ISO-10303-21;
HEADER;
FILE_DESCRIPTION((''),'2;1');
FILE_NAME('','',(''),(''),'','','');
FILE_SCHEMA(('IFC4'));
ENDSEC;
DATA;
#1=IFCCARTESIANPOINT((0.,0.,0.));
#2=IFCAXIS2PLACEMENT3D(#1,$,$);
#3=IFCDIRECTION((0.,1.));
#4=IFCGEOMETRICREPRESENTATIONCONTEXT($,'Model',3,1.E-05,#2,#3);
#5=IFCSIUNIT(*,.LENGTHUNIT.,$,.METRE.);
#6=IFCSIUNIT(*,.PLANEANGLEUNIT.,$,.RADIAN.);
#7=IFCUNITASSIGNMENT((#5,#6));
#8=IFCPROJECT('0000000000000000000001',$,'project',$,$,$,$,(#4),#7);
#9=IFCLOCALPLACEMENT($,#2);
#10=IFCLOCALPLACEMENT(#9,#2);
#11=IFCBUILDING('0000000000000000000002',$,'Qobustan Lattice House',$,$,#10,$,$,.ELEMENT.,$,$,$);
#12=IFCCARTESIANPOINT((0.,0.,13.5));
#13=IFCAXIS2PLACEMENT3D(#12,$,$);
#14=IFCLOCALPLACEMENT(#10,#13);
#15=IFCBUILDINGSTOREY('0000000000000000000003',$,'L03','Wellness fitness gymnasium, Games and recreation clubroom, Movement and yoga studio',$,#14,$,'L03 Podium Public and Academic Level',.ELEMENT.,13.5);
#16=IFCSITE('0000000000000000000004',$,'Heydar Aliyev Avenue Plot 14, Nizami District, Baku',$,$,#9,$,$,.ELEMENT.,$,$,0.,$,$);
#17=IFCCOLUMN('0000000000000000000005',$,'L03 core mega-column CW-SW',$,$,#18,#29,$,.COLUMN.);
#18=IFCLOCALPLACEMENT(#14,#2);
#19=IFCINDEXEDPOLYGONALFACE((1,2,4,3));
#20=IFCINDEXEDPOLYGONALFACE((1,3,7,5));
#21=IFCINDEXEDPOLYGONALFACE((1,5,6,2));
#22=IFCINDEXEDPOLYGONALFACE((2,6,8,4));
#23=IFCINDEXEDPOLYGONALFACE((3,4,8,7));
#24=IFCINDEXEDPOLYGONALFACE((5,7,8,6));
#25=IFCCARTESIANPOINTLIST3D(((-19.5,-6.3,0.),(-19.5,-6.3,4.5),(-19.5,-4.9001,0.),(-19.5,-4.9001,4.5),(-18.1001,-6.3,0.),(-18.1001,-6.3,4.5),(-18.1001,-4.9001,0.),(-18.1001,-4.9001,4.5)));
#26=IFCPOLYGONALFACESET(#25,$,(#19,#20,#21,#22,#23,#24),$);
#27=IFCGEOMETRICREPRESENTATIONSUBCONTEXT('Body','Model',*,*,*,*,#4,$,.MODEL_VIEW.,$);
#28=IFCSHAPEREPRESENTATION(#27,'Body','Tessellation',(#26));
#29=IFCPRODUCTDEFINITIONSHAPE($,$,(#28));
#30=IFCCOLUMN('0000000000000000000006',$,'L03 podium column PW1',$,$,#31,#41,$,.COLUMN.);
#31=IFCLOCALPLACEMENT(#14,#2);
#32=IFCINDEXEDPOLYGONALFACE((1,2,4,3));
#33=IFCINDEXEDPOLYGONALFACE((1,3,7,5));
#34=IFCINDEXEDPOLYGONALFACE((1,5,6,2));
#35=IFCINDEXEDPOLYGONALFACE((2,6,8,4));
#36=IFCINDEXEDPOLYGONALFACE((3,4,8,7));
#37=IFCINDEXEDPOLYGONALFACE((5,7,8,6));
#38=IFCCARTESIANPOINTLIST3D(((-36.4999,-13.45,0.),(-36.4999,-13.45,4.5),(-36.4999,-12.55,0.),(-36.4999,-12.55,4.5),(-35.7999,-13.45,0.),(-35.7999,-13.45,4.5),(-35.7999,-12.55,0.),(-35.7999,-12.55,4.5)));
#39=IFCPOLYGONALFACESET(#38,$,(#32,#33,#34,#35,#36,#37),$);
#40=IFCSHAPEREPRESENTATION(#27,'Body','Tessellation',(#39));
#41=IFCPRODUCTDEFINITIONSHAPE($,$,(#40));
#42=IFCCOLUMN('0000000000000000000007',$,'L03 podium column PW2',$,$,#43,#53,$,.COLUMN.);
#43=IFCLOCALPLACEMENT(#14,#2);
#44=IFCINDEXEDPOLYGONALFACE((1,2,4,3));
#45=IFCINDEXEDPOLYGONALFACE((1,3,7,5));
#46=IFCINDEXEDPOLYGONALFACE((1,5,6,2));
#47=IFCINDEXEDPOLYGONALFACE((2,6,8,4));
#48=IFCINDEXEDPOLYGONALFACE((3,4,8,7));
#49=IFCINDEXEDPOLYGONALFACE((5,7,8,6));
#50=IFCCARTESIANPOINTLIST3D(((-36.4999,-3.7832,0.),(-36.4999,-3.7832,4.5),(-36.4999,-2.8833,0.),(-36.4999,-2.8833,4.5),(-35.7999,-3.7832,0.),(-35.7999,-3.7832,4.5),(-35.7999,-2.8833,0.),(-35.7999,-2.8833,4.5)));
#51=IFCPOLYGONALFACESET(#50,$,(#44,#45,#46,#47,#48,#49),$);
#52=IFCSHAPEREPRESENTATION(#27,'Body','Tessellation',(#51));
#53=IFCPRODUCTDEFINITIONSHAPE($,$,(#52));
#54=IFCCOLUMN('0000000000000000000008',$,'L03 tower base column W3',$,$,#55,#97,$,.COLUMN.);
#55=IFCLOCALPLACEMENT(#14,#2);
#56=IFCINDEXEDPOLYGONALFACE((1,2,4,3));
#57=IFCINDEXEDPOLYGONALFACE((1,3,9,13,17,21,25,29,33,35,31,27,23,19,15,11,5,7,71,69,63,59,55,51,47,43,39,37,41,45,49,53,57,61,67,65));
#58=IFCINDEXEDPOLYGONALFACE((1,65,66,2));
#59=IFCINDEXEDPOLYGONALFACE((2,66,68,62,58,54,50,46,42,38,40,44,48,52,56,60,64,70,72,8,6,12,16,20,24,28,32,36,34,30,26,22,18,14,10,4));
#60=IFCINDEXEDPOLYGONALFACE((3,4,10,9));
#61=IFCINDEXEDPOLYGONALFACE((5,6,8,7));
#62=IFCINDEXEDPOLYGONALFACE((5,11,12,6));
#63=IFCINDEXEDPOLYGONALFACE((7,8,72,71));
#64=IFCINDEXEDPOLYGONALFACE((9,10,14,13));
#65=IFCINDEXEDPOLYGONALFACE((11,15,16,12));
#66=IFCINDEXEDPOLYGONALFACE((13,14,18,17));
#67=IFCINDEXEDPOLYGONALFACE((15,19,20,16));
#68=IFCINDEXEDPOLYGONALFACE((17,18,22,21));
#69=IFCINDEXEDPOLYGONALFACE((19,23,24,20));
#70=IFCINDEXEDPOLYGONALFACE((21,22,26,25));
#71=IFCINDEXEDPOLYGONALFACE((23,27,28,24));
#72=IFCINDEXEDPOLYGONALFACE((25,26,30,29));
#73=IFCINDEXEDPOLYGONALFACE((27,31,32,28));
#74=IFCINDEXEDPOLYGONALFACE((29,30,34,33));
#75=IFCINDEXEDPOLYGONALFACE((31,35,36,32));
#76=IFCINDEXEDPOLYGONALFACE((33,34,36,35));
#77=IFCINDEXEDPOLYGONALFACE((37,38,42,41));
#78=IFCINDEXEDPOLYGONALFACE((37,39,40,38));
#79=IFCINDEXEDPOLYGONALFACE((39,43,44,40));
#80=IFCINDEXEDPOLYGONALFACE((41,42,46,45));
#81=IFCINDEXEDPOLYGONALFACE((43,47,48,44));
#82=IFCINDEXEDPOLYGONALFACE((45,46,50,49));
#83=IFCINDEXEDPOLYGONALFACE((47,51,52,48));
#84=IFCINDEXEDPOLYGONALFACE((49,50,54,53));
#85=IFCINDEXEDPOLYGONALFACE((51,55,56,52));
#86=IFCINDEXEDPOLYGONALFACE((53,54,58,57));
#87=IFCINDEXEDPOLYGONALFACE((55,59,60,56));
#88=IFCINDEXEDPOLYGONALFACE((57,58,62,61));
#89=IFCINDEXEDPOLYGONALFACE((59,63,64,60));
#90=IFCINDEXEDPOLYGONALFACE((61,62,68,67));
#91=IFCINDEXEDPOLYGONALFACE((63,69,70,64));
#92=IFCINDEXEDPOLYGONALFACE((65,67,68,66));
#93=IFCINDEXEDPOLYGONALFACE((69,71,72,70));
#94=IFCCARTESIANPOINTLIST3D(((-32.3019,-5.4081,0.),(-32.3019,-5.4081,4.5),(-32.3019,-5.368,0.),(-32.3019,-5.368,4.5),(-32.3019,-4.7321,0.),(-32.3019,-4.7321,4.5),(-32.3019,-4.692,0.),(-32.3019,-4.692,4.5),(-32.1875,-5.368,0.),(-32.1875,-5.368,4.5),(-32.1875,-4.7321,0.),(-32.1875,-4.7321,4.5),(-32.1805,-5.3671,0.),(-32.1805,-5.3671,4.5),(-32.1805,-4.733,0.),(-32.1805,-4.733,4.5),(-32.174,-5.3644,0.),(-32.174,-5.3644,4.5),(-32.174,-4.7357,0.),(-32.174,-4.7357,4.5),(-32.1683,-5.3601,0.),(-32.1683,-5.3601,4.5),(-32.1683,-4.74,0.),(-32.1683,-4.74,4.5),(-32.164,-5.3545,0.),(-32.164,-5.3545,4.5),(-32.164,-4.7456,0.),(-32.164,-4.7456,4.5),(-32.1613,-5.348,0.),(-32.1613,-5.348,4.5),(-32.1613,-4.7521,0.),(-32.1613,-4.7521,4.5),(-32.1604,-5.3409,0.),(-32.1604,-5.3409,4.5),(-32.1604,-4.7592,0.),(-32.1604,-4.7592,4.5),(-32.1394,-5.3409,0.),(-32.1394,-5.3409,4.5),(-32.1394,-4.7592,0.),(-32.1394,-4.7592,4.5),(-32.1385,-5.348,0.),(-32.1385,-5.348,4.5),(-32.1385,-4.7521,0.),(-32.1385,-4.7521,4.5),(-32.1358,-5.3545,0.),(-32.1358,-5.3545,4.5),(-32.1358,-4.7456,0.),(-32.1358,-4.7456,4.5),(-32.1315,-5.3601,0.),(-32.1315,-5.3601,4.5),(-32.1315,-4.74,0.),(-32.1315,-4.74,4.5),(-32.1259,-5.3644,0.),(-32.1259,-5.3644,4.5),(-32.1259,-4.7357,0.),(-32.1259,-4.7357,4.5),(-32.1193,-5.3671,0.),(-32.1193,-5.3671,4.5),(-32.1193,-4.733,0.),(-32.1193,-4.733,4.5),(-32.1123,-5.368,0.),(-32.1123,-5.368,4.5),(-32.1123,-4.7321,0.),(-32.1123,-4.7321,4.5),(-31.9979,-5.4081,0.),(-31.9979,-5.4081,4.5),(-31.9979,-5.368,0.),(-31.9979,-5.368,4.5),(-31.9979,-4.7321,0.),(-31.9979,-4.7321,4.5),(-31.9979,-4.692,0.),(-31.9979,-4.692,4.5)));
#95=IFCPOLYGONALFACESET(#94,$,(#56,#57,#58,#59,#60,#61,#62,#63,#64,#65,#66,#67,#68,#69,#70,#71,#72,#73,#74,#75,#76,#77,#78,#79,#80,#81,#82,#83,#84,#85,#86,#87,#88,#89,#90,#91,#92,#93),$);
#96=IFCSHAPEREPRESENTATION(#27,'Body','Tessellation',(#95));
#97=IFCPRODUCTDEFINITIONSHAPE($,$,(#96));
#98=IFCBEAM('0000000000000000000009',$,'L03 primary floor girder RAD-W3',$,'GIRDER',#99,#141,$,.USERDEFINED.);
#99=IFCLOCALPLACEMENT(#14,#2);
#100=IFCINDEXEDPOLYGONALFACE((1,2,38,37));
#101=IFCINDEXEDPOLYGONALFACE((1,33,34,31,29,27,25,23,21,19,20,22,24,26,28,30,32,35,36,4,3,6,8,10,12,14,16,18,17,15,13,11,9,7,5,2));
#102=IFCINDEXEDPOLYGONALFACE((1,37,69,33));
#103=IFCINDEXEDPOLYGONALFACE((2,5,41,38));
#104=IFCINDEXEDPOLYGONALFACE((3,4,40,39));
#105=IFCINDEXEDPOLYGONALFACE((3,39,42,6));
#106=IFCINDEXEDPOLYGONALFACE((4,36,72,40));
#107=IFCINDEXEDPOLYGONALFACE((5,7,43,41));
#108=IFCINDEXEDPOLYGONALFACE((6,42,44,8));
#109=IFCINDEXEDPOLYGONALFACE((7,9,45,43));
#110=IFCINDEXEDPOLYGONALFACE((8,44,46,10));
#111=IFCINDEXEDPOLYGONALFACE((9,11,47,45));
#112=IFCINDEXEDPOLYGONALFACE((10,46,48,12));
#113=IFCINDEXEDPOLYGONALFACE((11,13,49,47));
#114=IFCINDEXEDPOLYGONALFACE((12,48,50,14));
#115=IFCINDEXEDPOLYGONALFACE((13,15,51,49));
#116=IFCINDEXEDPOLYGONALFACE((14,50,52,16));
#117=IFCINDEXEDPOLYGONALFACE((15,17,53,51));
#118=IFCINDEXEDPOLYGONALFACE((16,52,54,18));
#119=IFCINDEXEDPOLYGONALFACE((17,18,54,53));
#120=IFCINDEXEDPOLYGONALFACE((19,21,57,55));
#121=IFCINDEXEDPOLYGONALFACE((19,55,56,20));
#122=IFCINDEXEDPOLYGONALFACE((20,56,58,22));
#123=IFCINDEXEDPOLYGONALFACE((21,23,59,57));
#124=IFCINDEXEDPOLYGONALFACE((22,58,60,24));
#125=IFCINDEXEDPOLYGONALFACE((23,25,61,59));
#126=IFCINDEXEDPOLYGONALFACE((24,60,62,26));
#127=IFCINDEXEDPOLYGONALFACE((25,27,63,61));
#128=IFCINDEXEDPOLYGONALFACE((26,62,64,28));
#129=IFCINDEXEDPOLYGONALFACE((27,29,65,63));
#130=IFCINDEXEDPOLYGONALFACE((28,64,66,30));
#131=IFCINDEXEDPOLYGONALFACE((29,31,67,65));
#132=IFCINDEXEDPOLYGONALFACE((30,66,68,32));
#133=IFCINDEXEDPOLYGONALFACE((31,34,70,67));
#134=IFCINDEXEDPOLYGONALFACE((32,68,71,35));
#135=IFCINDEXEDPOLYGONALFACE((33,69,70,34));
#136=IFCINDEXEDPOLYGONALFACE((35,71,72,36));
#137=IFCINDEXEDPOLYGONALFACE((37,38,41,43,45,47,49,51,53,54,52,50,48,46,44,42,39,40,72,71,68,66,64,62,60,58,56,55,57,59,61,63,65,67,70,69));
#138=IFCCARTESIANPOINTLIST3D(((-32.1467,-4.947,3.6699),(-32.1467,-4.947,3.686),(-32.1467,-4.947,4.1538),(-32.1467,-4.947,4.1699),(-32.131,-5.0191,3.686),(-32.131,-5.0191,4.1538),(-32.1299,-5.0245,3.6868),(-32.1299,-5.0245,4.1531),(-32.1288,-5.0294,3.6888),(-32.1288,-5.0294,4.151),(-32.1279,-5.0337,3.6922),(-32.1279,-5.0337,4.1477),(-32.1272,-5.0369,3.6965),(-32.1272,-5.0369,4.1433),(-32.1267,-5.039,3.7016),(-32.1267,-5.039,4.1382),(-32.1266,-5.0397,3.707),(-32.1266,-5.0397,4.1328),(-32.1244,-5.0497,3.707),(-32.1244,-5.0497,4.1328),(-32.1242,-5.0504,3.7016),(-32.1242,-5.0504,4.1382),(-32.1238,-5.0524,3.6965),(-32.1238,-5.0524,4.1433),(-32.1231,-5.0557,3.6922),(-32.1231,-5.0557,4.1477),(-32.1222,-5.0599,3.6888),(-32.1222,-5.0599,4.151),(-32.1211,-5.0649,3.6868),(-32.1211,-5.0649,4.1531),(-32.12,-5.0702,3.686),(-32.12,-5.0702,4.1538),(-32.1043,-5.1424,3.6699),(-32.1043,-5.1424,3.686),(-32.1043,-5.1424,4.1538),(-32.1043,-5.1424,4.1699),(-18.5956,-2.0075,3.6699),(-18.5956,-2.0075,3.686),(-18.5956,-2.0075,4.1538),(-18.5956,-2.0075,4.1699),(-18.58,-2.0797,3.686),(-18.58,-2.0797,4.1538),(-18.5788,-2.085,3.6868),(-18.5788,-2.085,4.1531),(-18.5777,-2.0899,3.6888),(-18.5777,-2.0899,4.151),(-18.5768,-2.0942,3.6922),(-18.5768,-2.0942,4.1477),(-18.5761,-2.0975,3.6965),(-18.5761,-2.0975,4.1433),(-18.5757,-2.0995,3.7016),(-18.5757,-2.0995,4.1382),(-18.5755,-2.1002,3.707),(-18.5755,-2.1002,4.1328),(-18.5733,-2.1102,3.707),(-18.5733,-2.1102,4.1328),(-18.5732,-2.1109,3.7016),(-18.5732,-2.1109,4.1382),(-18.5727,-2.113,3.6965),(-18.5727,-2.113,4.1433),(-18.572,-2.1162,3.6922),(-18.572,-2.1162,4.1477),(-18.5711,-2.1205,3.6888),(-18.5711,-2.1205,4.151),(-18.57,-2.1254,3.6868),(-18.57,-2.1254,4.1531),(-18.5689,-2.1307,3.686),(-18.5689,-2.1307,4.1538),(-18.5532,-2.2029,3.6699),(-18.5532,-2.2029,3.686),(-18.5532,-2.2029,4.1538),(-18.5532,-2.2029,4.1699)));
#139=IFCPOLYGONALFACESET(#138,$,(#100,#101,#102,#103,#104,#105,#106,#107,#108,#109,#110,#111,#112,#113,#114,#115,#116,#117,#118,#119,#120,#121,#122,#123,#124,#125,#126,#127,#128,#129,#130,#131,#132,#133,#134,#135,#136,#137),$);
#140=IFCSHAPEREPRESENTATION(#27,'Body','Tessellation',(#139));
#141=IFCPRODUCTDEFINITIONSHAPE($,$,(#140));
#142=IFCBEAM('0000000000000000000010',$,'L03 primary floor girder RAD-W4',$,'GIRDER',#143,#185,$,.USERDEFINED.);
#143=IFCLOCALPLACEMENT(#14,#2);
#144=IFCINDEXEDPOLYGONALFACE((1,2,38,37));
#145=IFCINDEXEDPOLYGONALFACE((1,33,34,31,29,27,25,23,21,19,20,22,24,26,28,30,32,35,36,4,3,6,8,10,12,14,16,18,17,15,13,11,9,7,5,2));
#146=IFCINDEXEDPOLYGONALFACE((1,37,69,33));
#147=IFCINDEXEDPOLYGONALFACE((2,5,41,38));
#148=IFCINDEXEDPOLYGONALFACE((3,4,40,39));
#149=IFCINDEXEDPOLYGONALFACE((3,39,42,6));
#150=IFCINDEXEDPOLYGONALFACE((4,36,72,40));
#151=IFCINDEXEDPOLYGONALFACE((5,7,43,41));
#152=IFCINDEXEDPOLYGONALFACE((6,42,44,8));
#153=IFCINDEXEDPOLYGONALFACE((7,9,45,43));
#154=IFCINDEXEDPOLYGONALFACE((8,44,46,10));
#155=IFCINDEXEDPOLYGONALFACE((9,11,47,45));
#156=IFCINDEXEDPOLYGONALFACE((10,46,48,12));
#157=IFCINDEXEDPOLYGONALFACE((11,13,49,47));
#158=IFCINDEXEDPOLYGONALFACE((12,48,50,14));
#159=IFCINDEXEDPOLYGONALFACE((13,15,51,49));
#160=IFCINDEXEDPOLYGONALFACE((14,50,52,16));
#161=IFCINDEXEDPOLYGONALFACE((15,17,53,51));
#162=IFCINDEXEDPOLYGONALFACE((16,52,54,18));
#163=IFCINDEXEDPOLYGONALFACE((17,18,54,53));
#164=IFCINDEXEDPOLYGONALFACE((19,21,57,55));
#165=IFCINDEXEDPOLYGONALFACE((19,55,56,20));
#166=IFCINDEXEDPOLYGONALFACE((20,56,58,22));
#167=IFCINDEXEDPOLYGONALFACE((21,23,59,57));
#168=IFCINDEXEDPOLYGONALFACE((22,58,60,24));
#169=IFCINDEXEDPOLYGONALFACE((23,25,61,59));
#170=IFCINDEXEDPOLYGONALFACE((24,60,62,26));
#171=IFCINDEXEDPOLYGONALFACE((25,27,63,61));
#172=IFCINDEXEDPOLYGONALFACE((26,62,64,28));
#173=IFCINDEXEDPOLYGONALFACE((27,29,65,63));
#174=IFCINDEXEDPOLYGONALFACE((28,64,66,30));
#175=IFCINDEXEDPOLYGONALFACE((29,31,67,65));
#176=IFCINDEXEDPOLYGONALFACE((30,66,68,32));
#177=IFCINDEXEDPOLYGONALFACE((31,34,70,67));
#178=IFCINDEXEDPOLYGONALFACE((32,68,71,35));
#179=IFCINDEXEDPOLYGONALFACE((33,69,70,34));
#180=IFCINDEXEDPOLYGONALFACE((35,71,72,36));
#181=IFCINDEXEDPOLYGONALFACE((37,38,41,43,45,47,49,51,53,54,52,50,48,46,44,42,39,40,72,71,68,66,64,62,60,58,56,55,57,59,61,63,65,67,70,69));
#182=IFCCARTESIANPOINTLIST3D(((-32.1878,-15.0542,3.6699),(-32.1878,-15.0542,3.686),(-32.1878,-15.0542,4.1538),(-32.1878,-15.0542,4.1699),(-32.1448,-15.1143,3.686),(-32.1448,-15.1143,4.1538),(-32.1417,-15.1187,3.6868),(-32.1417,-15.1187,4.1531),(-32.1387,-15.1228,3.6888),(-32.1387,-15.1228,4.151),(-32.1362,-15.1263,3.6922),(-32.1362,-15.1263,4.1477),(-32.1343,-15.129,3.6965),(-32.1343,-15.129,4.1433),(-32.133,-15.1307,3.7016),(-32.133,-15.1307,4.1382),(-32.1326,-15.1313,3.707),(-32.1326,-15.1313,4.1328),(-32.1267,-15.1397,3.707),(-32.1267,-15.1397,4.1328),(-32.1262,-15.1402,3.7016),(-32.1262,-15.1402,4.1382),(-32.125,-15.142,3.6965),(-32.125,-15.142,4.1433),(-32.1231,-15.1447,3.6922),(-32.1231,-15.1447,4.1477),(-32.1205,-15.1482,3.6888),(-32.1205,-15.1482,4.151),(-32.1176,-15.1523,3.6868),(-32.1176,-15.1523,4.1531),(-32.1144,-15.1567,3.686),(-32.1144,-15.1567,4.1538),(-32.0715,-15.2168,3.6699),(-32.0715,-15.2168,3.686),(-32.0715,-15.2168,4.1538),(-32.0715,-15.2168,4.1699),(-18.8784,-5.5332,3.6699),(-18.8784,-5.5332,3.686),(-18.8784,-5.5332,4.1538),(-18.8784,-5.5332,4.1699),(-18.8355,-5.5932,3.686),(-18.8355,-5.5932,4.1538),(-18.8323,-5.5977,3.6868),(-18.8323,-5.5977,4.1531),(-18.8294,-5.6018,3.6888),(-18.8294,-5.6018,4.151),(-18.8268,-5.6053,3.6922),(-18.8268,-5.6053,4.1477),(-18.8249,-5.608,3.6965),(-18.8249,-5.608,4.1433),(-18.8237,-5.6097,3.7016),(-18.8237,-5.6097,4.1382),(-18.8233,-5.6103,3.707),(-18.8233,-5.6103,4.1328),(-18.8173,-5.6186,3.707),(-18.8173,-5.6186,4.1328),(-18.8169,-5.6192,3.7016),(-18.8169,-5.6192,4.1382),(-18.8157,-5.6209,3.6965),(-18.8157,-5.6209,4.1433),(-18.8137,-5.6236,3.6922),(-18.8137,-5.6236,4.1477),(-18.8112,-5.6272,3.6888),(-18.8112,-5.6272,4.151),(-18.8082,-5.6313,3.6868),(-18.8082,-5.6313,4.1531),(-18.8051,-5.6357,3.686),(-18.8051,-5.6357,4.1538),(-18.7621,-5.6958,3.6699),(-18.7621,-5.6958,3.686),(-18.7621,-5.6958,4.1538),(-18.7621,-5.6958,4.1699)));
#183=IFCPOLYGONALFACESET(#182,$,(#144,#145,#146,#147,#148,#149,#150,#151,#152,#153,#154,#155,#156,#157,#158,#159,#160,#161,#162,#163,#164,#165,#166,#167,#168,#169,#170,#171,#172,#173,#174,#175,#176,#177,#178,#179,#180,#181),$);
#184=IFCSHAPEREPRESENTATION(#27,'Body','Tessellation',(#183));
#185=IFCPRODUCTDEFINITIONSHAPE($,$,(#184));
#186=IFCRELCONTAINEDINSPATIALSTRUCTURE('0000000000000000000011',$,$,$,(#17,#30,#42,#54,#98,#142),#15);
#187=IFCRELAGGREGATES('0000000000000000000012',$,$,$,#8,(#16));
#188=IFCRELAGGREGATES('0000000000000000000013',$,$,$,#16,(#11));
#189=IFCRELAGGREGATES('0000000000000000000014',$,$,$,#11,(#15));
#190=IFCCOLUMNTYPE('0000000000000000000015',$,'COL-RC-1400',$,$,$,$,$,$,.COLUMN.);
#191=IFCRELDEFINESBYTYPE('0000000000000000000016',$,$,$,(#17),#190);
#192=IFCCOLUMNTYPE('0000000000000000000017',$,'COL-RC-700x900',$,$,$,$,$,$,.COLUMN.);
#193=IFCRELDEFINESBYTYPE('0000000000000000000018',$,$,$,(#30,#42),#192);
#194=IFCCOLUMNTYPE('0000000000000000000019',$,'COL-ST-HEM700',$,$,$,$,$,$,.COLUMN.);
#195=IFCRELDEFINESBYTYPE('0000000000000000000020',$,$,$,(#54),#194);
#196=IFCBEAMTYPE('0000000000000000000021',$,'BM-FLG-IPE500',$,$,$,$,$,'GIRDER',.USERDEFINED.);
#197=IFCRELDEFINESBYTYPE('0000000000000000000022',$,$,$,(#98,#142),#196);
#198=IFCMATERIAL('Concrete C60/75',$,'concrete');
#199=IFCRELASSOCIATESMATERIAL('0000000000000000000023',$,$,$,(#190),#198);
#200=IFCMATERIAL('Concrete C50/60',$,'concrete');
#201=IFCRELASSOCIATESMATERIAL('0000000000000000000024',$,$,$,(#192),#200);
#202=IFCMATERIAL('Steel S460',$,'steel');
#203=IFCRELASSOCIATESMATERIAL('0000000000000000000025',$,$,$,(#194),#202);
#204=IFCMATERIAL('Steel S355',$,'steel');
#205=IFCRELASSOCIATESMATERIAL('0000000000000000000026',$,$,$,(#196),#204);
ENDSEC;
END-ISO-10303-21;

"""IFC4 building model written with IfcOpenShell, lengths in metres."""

from ifc_helpers import new_model, si_unit, direction, frame, origin, origin_2d, place, context, subcontext, project, spatial, rectangle, i_section, extrude, material, material_profile, profile_set, type_object, element, save


model = new_model("IFC4")

# Units and contexts
model_context = context("Model", 3, precision=1e-05, world=origin(), true_north=direction((0.0, 1.0)))
body_context = subcontext(model_context, "Body", "Model", "MODEL_VIEW")
ifc_project = project(units=[si_unit("LENGTHUNIT", "METRE"), si_unit("PLANEANGLEUNIT", "RADIAN")], contexts=[model_context])

# Site, building, storey
site_placement = place(None, origin())
site = spatial("IfcSite", under=ifc_project, at=site_placement, Name="Heydar Aliyev Avenue Plot 14, Nizami District, Baku", CompositionType="ELEMENT", RefElevation=0.0)
building_placement = place(site_placement, origin())
building = spatial("IfcBuilding", under=site, at=building_placement, Name="Qobustan Lattice House", CompositionType="ELEMENT")
storey_placement = place(building_placement, frame((0.0, 0.0, 13.5)))
storey = spatial("IfcBuildingStorey", under=building, at=storey_placement, Name="L03", Description="Wellness fitness gymnasium, Games and recreation clubroom, Movement and yoga studio", LongName="L03 Podium Public and Academic Level", CompositionType="ELEMENT", Elevation=13.5)

# Columns
ifc_material_1 = material(Name="Concrete C60/75", Category="concrete")
ifc_material_profile_1 = material_profile(ifc_material_1, rectangle(XDim=1.3999, YDim=1.3999, at=origin_2d()), Name="RC1400x1400")
ifc_profile_set_1 = profile_set([ifc_material_profile_1], Name="Concrete C60/75")
column_type_1 = type_object("IfcColumnType", Name="COL-RC-1400", PredefinedType="COLUMN", material=ifc_profile_set_1)
column_1_placement = place(storey_placement, frame((-18.8, -5.6001, 0.0), z_axis=(0.0, 0.0, 1.0), x_axis=(1.0, 0.0, 0.0)))
element("IfcColumn", 1, at=column_1_placement, inside=storey, type_object=column_type_1, Name="L03 core mega-column CW-SW", PredefinedType="COLUMN", context=body_context, shape_type="SweptSolid", body=[
    extrude(rectangle(XDim=1.3999, YDim=1.3999, at=origin_2d()), origin(), (0.0, 0.0, 1.0), 4.5),
])
ifc_material_2 = material(Name="Concrete C50/60", Category="concrete")
ifc_material_profile_2 = material_profile(ifc_material_2, rectangle(XDim=0.7, YDim=0.8999, at=origin_2d()), Name="RC700x900")
ifc_profile_set_2 = profile_set([ifc_material_profile_2], Name="Concrete C50/60")
column_type_2 = type_object("IfcColumnType", Name="COL-RC-700x900", PredefinedType="COLUMN", material=ifc_profile_set_2)
for number, where, z_axis, x_axis, name in (
    (2, (-36.1499, -13.0, 0.0), (0.0, 0.0, 1.0), (1.0, 0.0, 0.0), "L03 podium column PW1"),
    (3, (-36.1499, -3.3333, 0.0), (0.0, 0.0, 1.0), (1.0, 0.0, 0.0), "L03 podium column PW2"),
):
    element("IfcColumn", number, at=place(storey_placement, frame(where, z_axis=z_axis, x_axis=x_axis)), inside=storey, type_object=column_type_2, Name=name, PredefinedType="COLUMN", context=body_context, shape_type="SweptSolid", body=[
        extrude(rectangle(XDim=0.7, YDim=0.8999, at=origin_2d()), origin(), (0.0, 0.0, 1.0), 4.5),
    ])
ifc_material_3 = material(Name="Steel S460", Category="steel")
ifc_material_profile_3 = material_profile(ifc_material_3, i_section(OverallWidth=0.304, OverallDepth=0.7161, WebThickness=0.021, FlangeThickness=0.04, FilletRadius=0.0271, at=origin_2d()), Name="HEM700")
ifc_profile_set_3 = profile_set([ifc_material_profile_3], Name="Steel S460")
column_type_3 = type_object("IfcColumnType", Name="COL-ST-HEM700", PredefinedType="COLUMN", material=ifc_profile_set_3)
column_2_placement = place(storey_placement, frame((-32.1499, -5.05, 0.0), z_axis=(0.0, 0.0, 1.0), x_axis=(1.0, 0.0, 0.0)))
element("IfcColumn", 4, at=column_2_placement, inside=storey, type_object=column_type_3, Name="L03 tower base column W3", PredefinedType="COLUMN", context=body_context, shape_type="SweptSolid", body=[
    extrude(i_section(OverallWidth=0.304, OverallDepth=0.7161, WebThickness=0.021, FlangeThickness=0.04, FilletRadius=0.0271, at=origin_2d()), origin(), (0.0, 0.0, 1.0), 4.5),
])

# Beams
ifc_material_4 = material(Name="Steel S355", Category="steel")
ifc_material_profile_4 = material_profile(ifc_material_4, i_section(OverallWidth=0.2, OverallDepth=0.5, WebThickness=0.0103, FlangeThickness=0.0161, FilletRadius=0.021, at=origin_2d()), Name="IPE500")
ifc_profile_set_4 = profile_set([ifc_material_profile_4], Name="Steel S355")
beam_type_1 = type_object("IfcBeamType", Name="BM-FLG-IPE500", ElementType="GIRDER", PredefinedType="USERDEFINED", material=ifc_profile_set_4)
beam_1_placement = place(storey_placement, frame((-32.1255, -5.0447, 3.9199), z_axis=(0.977272, 0.211987, 0.0), x_axis=(-0.211987, 0.977272, 0.0)))
element("IfcBeam", 5, at=beam_1_placement, inside=storey, type_object=beam_type_1, Name="L03 primary floor girder RAD-W3", ObjectType="GIRDER", PredefinedType="USERDEFINED", context=body_context, shape_type="SweptSolid", body=[
    extrude(i_section(OverallWidth=0.2, OverallDepth=0.5, WebThickness=0.0103, FlangeThickness=0.0161, FilletRadius=0.021, at=origin_2d()), origin(), (0.0, 0.0, 1.0), 13.8662),
])
beam_2_placement = place(storey_placement, frame((-32.1296, -15.1355, 3.9199), z_axis=(0.813319, 0.581818, 0.0), x_axis=(-0.581818, 0.813319, 0.0)))
element("IfcBeam", 6, at=beam_2_placement, inside=storey, type_object=beam_type_1, Name="L03 primary floor girder RAD-W4", ObjectType="GIRDER", PredefinedType="USERDEFINED", context=body_context, shape_type="SweptSolid", body=[
    extrude(i_section(OverallWidth=0.2, OverallDepth=0.5, WebThickness=0.0103, FlangeThickness=0.0161, FilletRadius=0.021, at=origin_2d()), origin(), (0.0, 0.0, 1.0), 16.3643),
])

save(model, "model.ifc")
